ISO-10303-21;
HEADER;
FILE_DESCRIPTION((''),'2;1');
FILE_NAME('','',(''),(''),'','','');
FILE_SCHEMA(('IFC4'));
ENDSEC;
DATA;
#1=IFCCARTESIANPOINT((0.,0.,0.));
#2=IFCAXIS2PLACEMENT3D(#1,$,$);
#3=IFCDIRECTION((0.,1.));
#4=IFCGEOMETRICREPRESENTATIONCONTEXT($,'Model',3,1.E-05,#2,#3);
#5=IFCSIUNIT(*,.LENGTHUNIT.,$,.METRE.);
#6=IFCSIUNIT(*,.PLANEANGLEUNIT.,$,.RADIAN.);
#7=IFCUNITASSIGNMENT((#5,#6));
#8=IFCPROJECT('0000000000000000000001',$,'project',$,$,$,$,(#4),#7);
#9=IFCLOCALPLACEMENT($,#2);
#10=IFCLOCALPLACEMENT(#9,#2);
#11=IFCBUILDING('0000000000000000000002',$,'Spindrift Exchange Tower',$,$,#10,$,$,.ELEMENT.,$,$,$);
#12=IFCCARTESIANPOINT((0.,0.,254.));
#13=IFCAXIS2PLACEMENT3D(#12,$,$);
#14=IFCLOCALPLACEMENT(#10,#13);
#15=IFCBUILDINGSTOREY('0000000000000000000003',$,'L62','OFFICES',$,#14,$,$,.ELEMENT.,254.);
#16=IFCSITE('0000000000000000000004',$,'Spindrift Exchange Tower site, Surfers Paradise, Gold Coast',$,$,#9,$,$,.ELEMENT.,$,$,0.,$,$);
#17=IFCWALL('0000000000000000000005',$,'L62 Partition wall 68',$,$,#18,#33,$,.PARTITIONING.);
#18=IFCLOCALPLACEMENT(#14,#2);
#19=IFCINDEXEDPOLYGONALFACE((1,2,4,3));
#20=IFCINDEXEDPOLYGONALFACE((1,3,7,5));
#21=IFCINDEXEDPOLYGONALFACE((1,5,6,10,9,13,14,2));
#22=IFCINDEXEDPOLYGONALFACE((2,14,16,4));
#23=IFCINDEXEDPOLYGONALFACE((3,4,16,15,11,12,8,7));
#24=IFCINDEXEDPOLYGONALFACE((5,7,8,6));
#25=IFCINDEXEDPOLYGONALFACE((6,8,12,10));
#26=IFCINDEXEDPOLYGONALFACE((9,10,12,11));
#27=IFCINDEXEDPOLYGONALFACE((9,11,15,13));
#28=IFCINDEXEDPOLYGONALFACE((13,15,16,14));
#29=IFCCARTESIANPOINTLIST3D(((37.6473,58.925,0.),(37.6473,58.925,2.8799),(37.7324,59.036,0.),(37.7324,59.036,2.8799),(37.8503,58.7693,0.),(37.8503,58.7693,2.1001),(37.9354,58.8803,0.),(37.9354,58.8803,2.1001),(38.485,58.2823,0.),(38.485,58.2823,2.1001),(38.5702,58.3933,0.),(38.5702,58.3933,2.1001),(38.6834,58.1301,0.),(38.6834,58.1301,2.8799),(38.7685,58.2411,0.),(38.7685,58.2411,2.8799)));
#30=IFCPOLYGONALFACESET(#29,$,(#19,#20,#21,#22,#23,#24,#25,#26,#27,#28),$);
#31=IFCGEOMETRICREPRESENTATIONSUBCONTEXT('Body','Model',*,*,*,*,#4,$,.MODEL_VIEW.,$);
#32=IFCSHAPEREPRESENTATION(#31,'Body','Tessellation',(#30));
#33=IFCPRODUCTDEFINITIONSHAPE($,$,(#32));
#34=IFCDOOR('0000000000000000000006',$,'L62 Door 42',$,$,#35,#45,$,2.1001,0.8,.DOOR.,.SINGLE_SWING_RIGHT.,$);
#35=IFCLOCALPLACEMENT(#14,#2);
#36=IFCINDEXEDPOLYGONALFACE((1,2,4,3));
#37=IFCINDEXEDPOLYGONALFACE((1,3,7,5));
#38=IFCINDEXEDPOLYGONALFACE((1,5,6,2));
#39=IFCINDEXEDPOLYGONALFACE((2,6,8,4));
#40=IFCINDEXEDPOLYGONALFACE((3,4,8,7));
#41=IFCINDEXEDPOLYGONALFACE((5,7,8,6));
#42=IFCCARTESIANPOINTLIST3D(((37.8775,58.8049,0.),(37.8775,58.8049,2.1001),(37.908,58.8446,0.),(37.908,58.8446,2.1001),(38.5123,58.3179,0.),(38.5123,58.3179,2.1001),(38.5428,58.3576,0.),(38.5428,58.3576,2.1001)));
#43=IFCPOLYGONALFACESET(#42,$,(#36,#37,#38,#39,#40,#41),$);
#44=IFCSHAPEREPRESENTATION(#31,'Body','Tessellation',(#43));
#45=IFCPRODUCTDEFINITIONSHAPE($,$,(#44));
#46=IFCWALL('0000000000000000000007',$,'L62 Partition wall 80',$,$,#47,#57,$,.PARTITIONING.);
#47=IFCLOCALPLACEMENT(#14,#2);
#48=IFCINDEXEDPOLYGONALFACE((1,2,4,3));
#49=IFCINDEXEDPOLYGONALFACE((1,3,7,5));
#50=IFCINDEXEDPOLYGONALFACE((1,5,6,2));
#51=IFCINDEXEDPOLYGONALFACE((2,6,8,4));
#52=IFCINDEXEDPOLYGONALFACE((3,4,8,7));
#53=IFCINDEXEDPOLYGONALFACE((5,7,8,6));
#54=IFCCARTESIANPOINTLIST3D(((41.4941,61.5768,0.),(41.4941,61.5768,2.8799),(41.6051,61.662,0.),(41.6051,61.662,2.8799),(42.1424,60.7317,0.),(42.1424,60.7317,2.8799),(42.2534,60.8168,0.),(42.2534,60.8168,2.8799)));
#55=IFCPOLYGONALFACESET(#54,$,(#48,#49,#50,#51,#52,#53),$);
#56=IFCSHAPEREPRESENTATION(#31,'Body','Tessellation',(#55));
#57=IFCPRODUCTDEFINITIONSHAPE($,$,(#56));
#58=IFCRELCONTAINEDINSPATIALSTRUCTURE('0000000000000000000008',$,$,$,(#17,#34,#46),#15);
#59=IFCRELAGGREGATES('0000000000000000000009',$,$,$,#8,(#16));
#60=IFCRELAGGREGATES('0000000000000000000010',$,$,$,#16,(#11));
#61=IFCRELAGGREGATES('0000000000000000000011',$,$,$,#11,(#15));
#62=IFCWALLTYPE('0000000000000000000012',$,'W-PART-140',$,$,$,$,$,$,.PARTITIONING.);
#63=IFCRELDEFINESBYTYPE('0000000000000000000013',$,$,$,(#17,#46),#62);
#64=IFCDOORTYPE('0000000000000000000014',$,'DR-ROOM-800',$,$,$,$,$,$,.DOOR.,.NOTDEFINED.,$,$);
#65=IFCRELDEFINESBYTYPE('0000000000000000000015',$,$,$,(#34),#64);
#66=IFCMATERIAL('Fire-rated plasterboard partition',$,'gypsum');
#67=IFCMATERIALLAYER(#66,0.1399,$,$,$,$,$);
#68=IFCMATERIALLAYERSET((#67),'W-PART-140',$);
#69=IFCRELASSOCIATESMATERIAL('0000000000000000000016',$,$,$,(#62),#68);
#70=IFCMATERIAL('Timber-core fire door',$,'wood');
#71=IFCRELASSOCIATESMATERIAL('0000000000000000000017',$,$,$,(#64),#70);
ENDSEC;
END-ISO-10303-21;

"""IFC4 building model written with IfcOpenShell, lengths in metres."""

from ifc_helpers import new_model, si_unit, direction, frame, frame_2d, origin, place, context, subcontext, project, spatial, rectangle, extrude, source, transform, mapped, material, layer, layer_set, type_object, element, fill, save


model = new_model("IFC4")

# Units and contexts
model_context = context("Model", 3, precision=1e-05, world=origin(), true_north=direction((0.0, 1.0)))
body_context = subcontext(model_context, "Body", "Model", "MODEL_VIEW")
ifc_project = project(units=[si_unit("LENGTHUNIT", "METRE"), si_unit("PLANEANGLEUNIT", "RADIAN")], contexts=[model_context])

# Site, building, storey
site_placement = place(None, origin())
site = spatial("IfcSite", under=ifc_project, at=site_placement, Name="Spindrift Exchange Tower site, Surfers Paradise, Gold Coast", CompositionType="ELEMENT", RefElevation=0.0)
building_placement = place(site_placement, origin())
building = spatial("IfcBuilding", under=site, at=building_placement, Name="Spindrift Exchange Tower", CompositionType="ELEMENT")
storey_placement = place(building_placement, frame((0.0, 0.0, 254.0)))
storey = spatial("IfcBuildingStorey", under=building, at=storey_placement, Name="L62", Description="OFFICES", CompositionType="ELEMENT", Elevation=254.0)

# Shared definitions
ifc_material_1 = material(Name="Fire-rated plasterboard partition", Category="gypsum")
ifc_material_2 = material(Name="Timber-core fire door", Category="wood")

# Shared definitions
ifc_layer_1 = layer(ifc_material_1, 0.1399)
ifc_layer_set_1 = layer_set([ifc_layer_1], Name="W-PART-140")
wall_type_1 = type_object("IfcWallType", Name="W-PART-140", PredefinedType="PARTITIONING", material=ifc_layer_set_1)

# Wall, opening, door
wall_1_placement = place(storey_placement, frame((37.6899, 58.9805, 0.0), z_axis=(0.0, 0.0, 1.0), x_axis=(0.793402, -0.608698, 0.0)))
wall_1 = element("IfcWall", 1, at=wall_1_placement, inside=storey, type_object=wall_type_1, Name="L62 Partition wall 68", PredefinedType="PARTITIONING", context=body_context, shape_type="SweptSolid", body=[
    extrude(rectangle(XDim=1.3059, YDim=0.1399, at=frame_2d((0.6528, 0.0))), origin(), (0.0, 0.0, 1.0), 2.8799),
])
opening_1_placement = place(wall_1_placement, frame((0.2559, 0.0, 0.0)))
opening_1 = element("IfcOpeningElement", 2, at=opening_1_placement, cuts=wall_1, PredefinedType="OPENING", context=body_context, shape_type="SweptSolid", body=[
    extrude(rectangle(XDim=0.8, YDim=2.1001, at=frame_2d((0.3999, 1.05))), frame((0.0, 0.0798, 0.0), z_axis=(0.0, -1.0, 0.0), x_axis=(1.0, 0.0, 0.0)), (0.0, 0.0, 1.0), 0.1599),
])
door_type_1 = type_object("IfcDoorType", Name="DR-ROOM-800", OperationType="NOTDEFINED", PredefinedType="DOOR", material=ifc_material_2)
shared_shape_1 = source(origin(), body_context, "Body", "SweptSolid", [
    extrude(rectangle(XDim=0.8, YDim=2.1001, at=frame_2d((0.3999, 1.05))), frame((0.0, 0.0249, 0.0), z_axis=(0.0, -1.0, 0.0), x_axis=(1.0, 0.0, 0.0)), (0.0, 0.0, 1.0), 0.05),
])
door_1_placement = place(opening_1_placement, origin())
door_1 = element("IfcDoor", 3, at=door_1_placement, inside=storey, type_object=door_type_1, Name="L62 Door 42", OperationType="SINGLE_SWING_RIGHT", OverallHeight=2.1001, OverallWidth=0.8, PredefinedType="DOOR", context=body_context, shape_type="MappedRepresentation", body=[
    mapped(shared_shape_1, transform((0.0, 0.0, 0.0), scale=1.0)),
])
fill(opening_1, door_1)

# Wall
wall_2_placement = place(storey_placement, frame((42.198, 60.7742, 0.0), z_axis=(0.0, 0.0, 1.0), x_axis=(-0.608691, 0.793407, 0.0)))
element("IfcWall", 4, at=wall_2_placement, inside=storey, type_object=wall_type_1, Name="L62 Partition wall 80", PredefinedType="PARTITIONING", context=body_context, shape_type="SweptSolid", body=[
    extrude(rectangle(XDim=1.0652, YDim=0.1399, at=frame_2d((0.5327, 0.0))), origin(), (0.0, 0.0, 1.0), 2.8799),
])

save(model, "model.ifc")
